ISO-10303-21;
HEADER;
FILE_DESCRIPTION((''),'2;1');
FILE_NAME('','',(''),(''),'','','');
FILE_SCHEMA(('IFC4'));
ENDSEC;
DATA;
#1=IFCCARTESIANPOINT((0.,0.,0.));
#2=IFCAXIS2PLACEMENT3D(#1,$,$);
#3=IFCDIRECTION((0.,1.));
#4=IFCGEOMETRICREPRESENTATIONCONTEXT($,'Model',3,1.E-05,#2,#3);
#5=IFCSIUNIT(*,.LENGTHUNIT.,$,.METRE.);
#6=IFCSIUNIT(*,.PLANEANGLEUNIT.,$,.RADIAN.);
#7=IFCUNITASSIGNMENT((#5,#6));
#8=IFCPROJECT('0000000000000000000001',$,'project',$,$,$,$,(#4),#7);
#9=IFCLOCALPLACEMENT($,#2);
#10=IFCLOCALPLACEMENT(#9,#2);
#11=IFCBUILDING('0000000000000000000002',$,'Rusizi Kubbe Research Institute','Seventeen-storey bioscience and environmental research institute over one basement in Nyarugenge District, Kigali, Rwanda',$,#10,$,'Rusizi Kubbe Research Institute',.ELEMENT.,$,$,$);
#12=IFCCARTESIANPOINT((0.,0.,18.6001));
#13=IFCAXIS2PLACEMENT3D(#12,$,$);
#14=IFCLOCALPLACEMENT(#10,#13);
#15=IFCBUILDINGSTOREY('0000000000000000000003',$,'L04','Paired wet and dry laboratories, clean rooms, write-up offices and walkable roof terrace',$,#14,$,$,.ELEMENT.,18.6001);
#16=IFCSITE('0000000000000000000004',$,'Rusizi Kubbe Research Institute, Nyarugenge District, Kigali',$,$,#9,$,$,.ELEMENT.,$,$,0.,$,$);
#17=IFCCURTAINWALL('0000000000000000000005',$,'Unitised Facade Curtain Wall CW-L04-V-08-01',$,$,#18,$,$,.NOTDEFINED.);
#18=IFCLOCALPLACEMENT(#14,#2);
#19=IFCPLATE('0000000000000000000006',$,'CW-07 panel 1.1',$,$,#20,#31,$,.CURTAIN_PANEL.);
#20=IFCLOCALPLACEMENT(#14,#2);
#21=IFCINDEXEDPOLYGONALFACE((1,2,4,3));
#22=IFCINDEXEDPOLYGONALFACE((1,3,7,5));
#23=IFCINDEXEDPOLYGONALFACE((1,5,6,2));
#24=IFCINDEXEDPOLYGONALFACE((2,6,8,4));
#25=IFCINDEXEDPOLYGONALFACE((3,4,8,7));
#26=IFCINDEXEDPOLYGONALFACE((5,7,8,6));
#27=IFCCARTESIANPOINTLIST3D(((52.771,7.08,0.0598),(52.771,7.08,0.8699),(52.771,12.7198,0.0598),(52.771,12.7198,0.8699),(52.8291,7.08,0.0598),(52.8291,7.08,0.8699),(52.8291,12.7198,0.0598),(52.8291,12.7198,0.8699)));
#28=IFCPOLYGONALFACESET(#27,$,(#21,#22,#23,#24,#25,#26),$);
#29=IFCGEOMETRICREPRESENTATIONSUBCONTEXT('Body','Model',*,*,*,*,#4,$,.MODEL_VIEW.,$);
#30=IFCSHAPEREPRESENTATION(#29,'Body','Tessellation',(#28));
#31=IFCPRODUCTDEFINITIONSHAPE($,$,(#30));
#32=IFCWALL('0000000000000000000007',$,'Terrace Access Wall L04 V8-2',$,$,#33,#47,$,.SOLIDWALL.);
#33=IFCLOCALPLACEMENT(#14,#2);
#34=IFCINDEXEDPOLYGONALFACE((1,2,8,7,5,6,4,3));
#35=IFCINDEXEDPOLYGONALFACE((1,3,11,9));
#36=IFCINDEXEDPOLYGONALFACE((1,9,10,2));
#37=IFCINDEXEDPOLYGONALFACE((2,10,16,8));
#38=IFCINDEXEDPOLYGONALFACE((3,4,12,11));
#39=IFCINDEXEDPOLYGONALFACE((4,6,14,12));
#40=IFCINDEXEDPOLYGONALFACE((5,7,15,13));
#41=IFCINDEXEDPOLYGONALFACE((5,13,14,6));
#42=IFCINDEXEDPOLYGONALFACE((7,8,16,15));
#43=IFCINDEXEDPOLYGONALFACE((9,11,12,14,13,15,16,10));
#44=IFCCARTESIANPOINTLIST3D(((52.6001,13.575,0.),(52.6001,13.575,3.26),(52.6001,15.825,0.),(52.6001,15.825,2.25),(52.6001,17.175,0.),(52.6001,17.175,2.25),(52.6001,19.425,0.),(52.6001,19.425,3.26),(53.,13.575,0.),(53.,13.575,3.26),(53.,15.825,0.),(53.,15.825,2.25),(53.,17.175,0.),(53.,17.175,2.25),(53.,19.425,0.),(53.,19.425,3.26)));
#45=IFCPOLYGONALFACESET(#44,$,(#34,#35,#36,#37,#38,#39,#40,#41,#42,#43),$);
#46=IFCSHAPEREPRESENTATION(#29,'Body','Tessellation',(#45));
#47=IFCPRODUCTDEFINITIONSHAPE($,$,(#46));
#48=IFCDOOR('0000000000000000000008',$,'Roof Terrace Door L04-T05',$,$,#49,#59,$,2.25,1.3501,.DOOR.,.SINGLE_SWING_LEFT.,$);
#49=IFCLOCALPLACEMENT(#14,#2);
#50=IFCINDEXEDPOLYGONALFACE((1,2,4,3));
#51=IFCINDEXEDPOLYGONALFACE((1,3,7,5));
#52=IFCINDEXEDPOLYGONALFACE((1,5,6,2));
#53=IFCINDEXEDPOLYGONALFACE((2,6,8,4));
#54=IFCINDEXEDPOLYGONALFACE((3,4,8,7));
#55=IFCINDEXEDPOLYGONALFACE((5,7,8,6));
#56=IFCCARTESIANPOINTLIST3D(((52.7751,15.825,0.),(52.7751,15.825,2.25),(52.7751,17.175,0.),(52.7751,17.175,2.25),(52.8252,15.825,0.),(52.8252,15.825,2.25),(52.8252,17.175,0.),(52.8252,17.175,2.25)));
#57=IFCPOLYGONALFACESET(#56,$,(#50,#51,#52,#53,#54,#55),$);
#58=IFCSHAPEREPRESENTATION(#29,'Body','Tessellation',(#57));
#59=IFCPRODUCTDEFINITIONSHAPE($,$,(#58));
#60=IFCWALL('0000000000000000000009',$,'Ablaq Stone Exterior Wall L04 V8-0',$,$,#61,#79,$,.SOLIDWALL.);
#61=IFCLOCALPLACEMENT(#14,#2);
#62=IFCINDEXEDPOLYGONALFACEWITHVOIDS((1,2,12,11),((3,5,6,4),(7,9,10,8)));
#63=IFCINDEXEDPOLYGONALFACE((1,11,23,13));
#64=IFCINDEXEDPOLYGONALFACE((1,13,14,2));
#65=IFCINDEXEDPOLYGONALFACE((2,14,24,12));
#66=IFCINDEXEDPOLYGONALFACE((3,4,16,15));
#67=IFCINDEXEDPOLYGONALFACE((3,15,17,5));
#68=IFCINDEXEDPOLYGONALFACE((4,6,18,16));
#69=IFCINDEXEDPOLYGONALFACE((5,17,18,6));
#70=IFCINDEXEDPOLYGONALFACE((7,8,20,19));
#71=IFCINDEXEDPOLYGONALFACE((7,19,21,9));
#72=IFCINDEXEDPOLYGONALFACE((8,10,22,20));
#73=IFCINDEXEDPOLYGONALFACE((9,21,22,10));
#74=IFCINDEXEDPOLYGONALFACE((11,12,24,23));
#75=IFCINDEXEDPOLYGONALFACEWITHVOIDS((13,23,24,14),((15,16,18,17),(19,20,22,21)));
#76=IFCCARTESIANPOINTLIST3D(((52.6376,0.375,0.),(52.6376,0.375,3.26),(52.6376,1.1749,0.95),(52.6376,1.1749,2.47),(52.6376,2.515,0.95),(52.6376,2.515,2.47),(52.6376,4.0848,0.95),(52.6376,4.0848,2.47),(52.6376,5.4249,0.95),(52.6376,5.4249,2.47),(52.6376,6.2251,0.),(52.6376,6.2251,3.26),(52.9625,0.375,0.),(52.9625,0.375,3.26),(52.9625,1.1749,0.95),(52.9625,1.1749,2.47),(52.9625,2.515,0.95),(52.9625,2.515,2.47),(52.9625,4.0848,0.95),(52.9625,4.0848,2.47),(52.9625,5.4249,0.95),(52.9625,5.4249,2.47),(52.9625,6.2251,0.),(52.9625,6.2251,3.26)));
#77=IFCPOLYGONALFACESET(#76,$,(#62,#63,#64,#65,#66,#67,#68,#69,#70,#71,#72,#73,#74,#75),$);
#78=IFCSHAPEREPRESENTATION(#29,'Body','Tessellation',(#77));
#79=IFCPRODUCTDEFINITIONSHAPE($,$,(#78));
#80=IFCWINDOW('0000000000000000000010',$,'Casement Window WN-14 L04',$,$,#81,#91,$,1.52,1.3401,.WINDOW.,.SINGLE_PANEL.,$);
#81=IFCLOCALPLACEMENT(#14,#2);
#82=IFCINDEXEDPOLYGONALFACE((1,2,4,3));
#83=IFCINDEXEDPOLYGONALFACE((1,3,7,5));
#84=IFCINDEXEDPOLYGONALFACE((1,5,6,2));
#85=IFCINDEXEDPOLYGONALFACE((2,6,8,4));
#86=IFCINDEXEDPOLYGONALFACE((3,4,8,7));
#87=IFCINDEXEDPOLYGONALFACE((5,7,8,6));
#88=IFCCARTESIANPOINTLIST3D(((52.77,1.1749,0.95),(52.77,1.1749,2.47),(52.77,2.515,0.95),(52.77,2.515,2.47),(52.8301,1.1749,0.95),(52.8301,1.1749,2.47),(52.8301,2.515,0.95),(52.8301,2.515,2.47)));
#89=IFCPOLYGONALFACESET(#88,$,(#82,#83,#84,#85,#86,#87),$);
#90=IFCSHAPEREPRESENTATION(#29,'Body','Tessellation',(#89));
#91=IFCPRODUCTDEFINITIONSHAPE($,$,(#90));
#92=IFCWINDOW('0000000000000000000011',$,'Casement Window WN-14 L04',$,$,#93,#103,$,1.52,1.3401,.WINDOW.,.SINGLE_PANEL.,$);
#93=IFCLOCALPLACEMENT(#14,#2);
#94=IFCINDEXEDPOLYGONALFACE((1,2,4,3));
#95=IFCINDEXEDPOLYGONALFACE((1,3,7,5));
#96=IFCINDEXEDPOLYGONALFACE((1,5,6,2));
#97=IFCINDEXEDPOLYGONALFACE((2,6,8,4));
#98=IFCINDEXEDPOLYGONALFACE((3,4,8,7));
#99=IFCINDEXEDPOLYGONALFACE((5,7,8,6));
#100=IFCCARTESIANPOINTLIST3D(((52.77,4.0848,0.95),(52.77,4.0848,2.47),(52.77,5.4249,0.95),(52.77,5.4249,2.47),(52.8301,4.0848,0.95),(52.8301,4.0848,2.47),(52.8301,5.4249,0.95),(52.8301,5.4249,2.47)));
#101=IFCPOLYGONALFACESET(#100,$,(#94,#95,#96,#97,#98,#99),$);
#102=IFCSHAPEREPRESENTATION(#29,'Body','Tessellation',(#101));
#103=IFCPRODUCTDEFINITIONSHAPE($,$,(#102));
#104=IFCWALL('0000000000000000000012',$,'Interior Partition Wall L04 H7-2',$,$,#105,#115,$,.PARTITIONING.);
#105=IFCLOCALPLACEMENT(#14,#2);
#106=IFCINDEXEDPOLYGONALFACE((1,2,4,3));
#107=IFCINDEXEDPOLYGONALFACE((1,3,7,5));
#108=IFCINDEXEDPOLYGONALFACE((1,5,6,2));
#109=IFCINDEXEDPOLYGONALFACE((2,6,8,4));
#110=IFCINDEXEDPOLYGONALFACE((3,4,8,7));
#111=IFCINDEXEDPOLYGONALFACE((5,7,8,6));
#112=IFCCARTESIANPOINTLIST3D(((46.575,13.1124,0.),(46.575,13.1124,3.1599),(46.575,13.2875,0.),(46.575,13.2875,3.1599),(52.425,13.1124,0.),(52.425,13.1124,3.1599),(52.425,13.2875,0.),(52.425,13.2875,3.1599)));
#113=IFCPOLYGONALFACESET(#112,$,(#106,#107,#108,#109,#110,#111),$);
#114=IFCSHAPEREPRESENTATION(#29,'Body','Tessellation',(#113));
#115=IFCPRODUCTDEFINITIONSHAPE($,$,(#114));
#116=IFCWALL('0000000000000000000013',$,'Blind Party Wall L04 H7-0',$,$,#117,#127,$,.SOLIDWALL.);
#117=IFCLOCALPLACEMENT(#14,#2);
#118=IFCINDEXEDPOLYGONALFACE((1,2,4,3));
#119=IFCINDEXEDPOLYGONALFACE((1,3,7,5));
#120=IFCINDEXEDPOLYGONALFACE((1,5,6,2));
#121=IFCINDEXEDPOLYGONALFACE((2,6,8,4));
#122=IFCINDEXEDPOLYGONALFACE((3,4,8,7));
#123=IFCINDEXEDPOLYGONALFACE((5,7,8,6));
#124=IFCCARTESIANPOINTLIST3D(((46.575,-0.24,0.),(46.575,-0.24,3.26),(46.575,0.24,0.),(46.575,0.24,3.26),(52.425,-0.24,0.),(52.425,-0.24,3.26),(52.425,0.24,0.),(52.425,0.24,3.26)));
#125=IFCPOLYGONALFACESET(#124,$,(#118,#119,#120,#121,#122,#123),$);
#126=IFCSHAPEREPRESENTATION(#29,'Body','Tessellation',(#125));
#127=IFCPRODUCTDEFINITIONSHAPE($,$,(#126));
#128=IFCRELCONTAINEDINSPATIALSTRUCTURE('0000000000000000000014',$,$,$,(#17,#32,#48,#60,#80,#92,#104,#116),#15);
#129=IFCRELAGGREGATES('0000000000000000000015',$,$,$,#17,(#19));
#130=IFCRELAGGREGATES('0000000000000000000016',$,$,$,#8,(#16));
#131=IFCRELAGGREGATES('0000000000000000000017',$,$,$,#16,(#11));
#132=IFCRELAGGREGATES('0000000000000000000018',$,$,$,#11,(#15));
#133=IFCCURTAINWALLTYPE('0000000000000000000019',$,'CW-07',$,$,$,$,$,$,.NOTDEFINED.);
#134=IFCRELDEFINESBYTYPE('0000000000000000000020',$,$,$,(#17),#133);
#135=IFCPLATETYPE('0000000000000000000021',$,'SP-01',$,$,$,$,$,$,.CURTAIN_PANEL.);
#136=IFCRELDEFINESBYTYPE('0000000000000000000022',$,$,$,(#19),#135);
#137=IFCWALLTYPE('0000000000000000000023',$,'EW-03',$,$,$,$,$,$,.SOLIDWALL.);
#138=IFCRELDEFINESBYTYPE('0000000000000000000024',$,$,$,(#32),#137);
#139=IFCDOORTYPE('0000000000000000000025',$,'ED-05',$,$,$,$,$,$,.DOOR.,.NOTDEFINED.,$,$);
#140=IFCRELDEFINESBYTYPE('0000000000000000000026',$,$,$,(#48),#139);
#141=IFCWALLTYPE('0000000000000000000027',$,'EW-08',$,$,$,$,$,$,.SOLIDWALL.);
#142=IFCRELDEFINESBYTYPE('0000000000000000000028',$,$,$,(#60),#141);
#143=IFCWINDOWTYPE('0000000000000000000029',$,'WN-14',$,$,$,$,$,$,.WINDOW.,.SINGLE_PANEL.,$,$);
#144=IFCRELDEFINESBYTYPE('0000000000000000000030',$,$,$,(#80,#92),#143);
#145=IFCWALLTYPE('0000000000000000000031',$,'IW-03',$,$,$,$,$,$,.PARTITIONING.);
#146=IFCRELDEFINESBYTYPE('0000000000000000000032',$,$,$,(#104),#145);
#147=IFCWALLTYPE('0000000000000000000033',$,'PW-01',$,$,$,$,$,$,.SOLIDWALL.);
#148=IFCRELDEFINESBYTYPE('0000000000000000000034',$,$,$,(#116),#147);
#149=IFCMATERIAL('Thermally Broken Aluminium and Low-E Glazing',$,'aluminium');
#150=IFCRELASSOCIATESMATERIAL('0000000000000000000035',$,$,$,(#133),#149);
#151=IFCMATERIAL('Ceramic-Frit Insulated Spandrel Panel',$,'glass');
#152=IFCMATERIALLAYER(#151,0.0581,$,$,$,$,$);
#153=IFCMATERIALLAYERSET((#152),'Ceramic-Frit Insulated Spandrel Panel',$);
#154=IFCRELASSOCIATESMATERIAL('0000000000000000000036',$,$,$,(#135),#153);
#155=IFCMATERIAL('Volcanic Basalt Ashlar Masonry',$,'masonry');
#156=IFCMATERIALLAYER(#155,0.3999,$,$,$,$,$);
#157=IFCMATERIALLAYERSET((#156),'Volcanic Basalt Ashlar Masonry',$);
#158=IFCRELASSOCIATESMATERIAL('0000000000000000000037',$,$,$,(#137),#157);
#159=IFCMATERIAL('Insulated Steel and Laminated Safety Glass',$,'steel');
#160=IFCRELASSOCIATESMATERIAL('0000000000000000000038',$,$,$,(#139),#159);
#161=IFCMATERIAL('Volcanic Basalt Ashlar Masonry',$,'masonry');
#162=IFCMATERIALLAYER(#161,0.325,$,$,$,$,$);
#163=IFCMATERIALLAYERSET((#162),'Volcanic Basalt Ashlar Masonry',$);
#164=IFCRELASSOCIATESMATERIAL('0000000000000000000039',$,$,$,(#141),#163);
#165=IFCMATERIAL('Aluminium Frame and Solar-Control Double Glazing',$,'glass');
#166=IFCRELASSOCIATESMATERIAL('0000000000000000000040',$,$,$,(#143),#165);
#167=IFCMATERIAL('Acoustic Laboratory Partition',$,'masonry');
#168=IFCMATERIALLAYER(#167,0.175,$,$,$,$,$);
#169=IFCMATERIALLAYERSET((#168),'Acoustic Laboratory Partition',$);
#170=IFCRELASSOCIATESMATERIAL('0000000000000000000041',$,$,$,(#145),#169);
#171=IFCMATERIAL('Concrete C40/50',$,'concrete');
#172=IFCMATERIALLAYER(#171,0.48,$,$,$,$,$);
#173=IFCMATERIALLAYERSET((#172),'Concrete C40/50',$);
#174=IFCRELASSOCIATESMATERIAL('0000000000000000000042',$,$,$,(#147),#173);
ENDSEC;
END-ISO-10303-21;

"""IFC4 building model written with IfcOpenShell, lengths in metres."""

from ifc_helpers import new_model, si_unit, direction, frame, frame_2d, origin, origin_2d, place, context, subcontext, project, spatial, rectangle, extrude, material, layer, layer_set, type_object, element, fill, aggregate, save


model = new_model("IFC4")

# Units and contexts
model_context = context("Model", 3, precision=1e-05, world=origin(), true_north=direction((0.0, 1.0)))
body_context = subcontext(model_context, "Body", "Model", "MODEL_VIEW")
ifc_project = project(units=[si_unit("LENGTHUNIT", "METRE"), si_unit("PLANEANGLEUNIT", "RADIAN")], contexts=[model_context])

# Site, building, storey
site_placement = place(None, origin())
site = spatial("IfcSite", under=ifc_project, at=site_placement, Name="Rusizi Kubbe Research Institute, Nyarugenge District, Kigali", CompositionType="ELEMENT", RefElevation=0.0)
building_placement = place(site_placement, origin())
building = spatial("IfcBuilding", under=site, at=building_placement, Name="Rusizi Kubbe Research Institute", Description="Seventeen-storey bioscience and environmental research institute over one basement in Nyarugenge District, Kigali, Rwanda", LongName="Rusizi Kubbe Research Institute", CompositionType="ELEMENT")
storey_placement = place(building_placement, frame((0.0, 0.0, 18.6001)))
storey = spatial("IfcBuildingStorey", under=building, at=storey_placement, Name="L04", Description="Paired wet and dry laboratories, clean rooms, write-up offices and walkable roof terrace", CompositionType="ELEMENT", Elevation=18.6001)

# Curtain wall, plate
ifc_material_1 = material(Name="Thermally Broken Aluminium and Low-E Glazing", Category="aluminium")
curtain_wall_type = type_object("IfcCurtainWallType", Name="CW-07", PredefinedType="NOTDEFINED", material=ifc_material_1)
curtain_wall_placement = place(storey_placement, origin())
curtain_wall = element("IfcCurtainWall", 1, at=curtain_wall_placement, inside=storey, type_object=curtain_wall_type, Name="Unitised Facade Curtain Wall CW-L04-V-08-01", PredefinedType="NOTDEFINED")
ifc_material_2 = material(Name="Ceramic-Frit Insulated Spandrel Panel", Category="glass")
ifc_layer_1 = layer(ifc_material_2, 0.0581)
ifc_layer_set_1 = layer_set([ifc_layer_1], Name="Ceramic-Frit Insulated Spandrel Panel")
plate_type_1 = type_object("IfcPlateType", Name="SP-01", PredefinedType="CURTAIN_PANEL", material=ifc_layer_set_1)
plate_1_placement = place(storey_placement, frame((52.8, 9.8999, 0.0598), z_axis=(0.0, 0.0, 1.0), x_axis=(0.0, 1.0, 0.0)))
plate_1 = element("IfcPlate", 2, at=plate_1_placement, type_object=plate_type_1, Name="CW-07 panel 1.1", PredefinedType="CURTAIN_PANEL", context=body_context, shape_type="SweptSolid", body=[
    extrude(rectangle(XDim=5.6399, YDim=0.0581, at=origin_2d()), origin(), (0.0, 0.0, 1.0), 0.8101),
])
aggregate(curtain_wall, [plate_1])

# Wall, opening, door
ifc_material_3 = material(Name="Volcanic Basalt Ashlar Masonry", Category="masonry")
ifc_layer_2 = layer(ifc_material_3, 0.3999)
ifc_layer_set_2 = layer_set([ifc_layer_2], Name="Volcanic Basalt Ashlar Masonry")
wall_type_1 = type_object("IfcWallType", Name="EW-03", PredefinedType="SOLIDWALL", material=ifc_layer_set_2)
wall_1_placement = place(storey_placement, frame((52.8, 13.575, 0.0), z_axis=(0.0, 0.0, 1.0), x_axis=(0.0, 1.0, 0.0)))
wall_1 = element("IfcWall", 3, at=wall_1_placement, inside=storey, type_object=wall_type_1, Name="Terrace Access Wall L04 V8-2", PredefinedType="SOLIDWALL", context=body_context, shape_type="SweptSolid", body=[
    extrude(rectangle(XDim=5.8501, YDim=0.3999, at=frame_2d((2.925, 0.0))), origin(), (0.0, 0.0, 1.0), 3.26),
])
opening_1_placement = place(wall_1_placement, frame((2.25, 0.0, 0.0)))
opening_1 = element("IfcOpeningElement", 4, at=opening_1_placement, cuts=wall_1, PredefinedType="OPENING", context=body_context, shape_type="SweptSolid", body=[
    extrude(rectangle(XDim=1.3501, YDim=2.25, at=frame_2d((0.675, 1.125))), frame((0.0, 0.21, 0.0), z_axis=(0.0, -1.0, 0.0), x_axis=(1.0, 0.0, 0.0)), (0.0, 0.0, 1.0), 0.4199),
])
ifc_material_4 = material(Name="Insulated Steel and Laminated Safety Glass", Category="steel")
door_type = type_object("IfcDoorType", Name="ED-05", OperationType="NOTDEFINED", PredefinedType="DOOR", material=ifc_material_4)
door_placement = place(opening_1_placement, origin())
door = element("IfcDoor", 5, at=door_placement, inside=storey, type_object=door_type, Name="Roof Terrace Door L04-T05", OperationType="SINGLE_SWING_LEFT", OverallHeight=2.25, OverallWidth=1.3501, PredefinedType="DOOR", context=body_context, shape_type="SweptSolid", body=[
    extrude(rectangle(XDim=1.3501, YDim=2.25, at=frame_2d((0.675, 1.125))), frame((0.0, 0.0249, 0.0), z_axis=(0.0, -1.0, 0.0), x_axis=(1.0, 0.0, 0.0)), (0.0, 0.0, 1.0), 0.05),
])
fill(opening_1, door)

# Wall, openings, windows
ifc_material_5 = material(Name="Volcanic Basalt Ashlar Masonry", Category="masonry")
ifc_layer_3 = layer(ifc_material_5, 0.325)
ifc_layer_set_3 = layer_set([ifc_layer_3], Name="Volcanic Basalt Ashlar Masonry")
wall_type_2 = type_object("IfcWallType", Name="EW-08", PredefinedType="SOLIDWALL", material=ifc_layer_set_3)
wall_2_placement = place(storey_placement, frame((52.8, 0.375, 0.0), z_axis=(0.0, 0.0, 1.0), x_axis=(0.0, 1.0, 0.0)))
wall_2 = element("IfcWall", 6, at=wall_2_placement, inside=storey, type_object=wall_type_2, Name="Ablaq Stone Exterior Wall L04 V8-0", PredefinedType="SOLIDWALL", context=body_context, shape_type="SweptSolid", body=[
    extrude(rectangle(XDim=5.8501, YDim=0.325, at=frame_2d((2.925, 0.0))), origin(), (0.0, 0.0, 1.0), 3.26),
])
opening_2_placement = place(wall_2_placement, frame((0.8, 0.0, 0.95)))
opening_2 = element("IfcOpeningElement", 7, at=opening_2_placement, cuts=wall_2, PredefinedType="OPENING", context=body_context, shape_type="SweptSolid", body=[
    extrude(rectangle(XDim=1.3401, YDim=1.52, at=frame_2d((0.6699, 0.76))), frame((0.0, 0.1724, 0.0), z_axis=(0.0, -1.0, 0.0), x_axis=(1.0, 0.0, 0.0)), (0.0, 0.0, 1.0), 0.345),
])
opening_3_placement = place(wall_2_placement, frame((3.71, 0.0, 0.95)))
opening_3 = element("IfcOpeningElement", 8, at=opening_3_placement, cuts=wall_2, PredefinedType="OPENING", context=body_context, shape_type="SweptSolid", body=[
    extrude(rectangle(XDim=1.3401, YDim=1.52, at=frame_2d((0.6699, 0.76))), frame((0.0, 0.1724, 0.0), z_axis=(0.0, -1.0, 0.0), x_axis=(1.0, 0.0, 0.0)), (0.0, 0.0, 1.0), 0.345),
])
ifc_material_6 = material(Name="Aluminium Frame and Solar-Control Double Glazing", Category="glass")
window_type = type_object("IfcWindowType", Name="WN-14", PartitioningType="SINGLE_PANEL", PredefinedType="WINDOW", material=ifc_material_6)
window_1_placement = place(opening_2_placement, origin())
window_1 = element("IfcWindow", 9, at=window_1_placement, inside=storey, type_object=window_type, Name="Casement Window WN-14 L04", OverallHeight=1.52, OverallWidth=1.3401, PartitioningType="SINGLE_PANEL", PredefinedType="WINDOW", context=body_context, shape_type="SweptSolid", body=[
    extrude(rectangle(XDim=1.3401, YDim=1.52, at=frame_2d((0.6699, 0.76))), frame((0.0, 0.03, 0.0), z_axis=(0.0, -1.0, 0.0), x_axis=(1.0, 0.0, 0.0)), (0.0, 0.0, 1.0), 0.0601),
])
fill(opening_2, window_1)
window_2_placement = place(opening_3_placement, origin())
window_2 = element("IfcWindow", 10, at=window_2_placement, inside=storey, type_object=window_type, Name="Casement Window WN-14 L04", OverallHeight=1.52, OverallWidth=1.3401, PartitioningType="SINGLE_PANEL", PredefinedType="WINDOW", context=body_context, shape_type="SweptSolid", body=[
    extrude(rectangle(XDim=1.3401, YDim=1.52, at=frame_2d((0.6699, 0.76))), frame((0.0, 0.03, 0.0), z_axis=(0.0, -1.0, 0.0), x_axis=(1.0, 0.0, 0.0)), (0.0, 0.0, 1.0), 0.0601),
])
fill(opening_3, window_2)

# Walls
ifc_material_7 = material(Name="Acoustic Laboratory Partition", Category="masonry")
ifc_layer_4 = layer(ifc_material_7, 0.175)
ifc_layer_set_4 = layer_set([ifc_layer_4], Name="Acoustic Laboratory Partition")
wall_type_3 = type_object("IfcWallType", Name="IW-03", PredefinedType="PARTITIONING", material=ifc_layer_set_4)
wall_3_placement = place(storey_placement, frame((46.575, 13.2, 0.0), z_axis=(0.0, 0.0, 1.0), x_axis=(1.0, 0.0, 0.0)))
element("IfcWall", 11, at=wall_3_placement, inside=storey, type_object=wall_type_3, Name="Interior Partition Wall L04 H7-2", PredefinedType="PARTITIONING", context=body_context, shape_type="SweptSolid", body=[
    extrude(rectangle(XDim=5.8501, YDim=0.175, at=frame_2d((2.925, 0.0))), origin(), (0.0, 0.0, 1.0), 3.1599),
])
ifc_material_8 = material(Name="Concrete C40/50", Category="concrete")
ifc_layer_5 = layer(ifc_material_8, 0.48)
ifc_layer_set_5 = layer_set([ifc_layer_5], Name="Concrete C40/50")
wall_type_4 = type_object("IfcWallType", Name="PW-01", PredefinedType="SOLIDWALL", material=ifc_layer_set_5)
wall_4_placement = place(storey_placement, frame((46.575, 0.0, 0.0), z_axis=(0.0, 0.0, 1.0), x_axis=(1.0, 0.0, 0.0)))
element("IfcWall", 12, at=wall_4_placement, inside=storey, type_object=wall_type_4, Name="Blind Party Wall L04 H7-0", PredefinedType="SOLIDWALL", context=body_context, shape_type="SweptSolid", body=[
    extrude(rectangle(XDim=5.8501, YDim=0.48, at=frame_2d((2.925, 0.0))), origin(), (0.0, 0.0, 1.0), 3.26),
])

save(model, "model.ifc")
